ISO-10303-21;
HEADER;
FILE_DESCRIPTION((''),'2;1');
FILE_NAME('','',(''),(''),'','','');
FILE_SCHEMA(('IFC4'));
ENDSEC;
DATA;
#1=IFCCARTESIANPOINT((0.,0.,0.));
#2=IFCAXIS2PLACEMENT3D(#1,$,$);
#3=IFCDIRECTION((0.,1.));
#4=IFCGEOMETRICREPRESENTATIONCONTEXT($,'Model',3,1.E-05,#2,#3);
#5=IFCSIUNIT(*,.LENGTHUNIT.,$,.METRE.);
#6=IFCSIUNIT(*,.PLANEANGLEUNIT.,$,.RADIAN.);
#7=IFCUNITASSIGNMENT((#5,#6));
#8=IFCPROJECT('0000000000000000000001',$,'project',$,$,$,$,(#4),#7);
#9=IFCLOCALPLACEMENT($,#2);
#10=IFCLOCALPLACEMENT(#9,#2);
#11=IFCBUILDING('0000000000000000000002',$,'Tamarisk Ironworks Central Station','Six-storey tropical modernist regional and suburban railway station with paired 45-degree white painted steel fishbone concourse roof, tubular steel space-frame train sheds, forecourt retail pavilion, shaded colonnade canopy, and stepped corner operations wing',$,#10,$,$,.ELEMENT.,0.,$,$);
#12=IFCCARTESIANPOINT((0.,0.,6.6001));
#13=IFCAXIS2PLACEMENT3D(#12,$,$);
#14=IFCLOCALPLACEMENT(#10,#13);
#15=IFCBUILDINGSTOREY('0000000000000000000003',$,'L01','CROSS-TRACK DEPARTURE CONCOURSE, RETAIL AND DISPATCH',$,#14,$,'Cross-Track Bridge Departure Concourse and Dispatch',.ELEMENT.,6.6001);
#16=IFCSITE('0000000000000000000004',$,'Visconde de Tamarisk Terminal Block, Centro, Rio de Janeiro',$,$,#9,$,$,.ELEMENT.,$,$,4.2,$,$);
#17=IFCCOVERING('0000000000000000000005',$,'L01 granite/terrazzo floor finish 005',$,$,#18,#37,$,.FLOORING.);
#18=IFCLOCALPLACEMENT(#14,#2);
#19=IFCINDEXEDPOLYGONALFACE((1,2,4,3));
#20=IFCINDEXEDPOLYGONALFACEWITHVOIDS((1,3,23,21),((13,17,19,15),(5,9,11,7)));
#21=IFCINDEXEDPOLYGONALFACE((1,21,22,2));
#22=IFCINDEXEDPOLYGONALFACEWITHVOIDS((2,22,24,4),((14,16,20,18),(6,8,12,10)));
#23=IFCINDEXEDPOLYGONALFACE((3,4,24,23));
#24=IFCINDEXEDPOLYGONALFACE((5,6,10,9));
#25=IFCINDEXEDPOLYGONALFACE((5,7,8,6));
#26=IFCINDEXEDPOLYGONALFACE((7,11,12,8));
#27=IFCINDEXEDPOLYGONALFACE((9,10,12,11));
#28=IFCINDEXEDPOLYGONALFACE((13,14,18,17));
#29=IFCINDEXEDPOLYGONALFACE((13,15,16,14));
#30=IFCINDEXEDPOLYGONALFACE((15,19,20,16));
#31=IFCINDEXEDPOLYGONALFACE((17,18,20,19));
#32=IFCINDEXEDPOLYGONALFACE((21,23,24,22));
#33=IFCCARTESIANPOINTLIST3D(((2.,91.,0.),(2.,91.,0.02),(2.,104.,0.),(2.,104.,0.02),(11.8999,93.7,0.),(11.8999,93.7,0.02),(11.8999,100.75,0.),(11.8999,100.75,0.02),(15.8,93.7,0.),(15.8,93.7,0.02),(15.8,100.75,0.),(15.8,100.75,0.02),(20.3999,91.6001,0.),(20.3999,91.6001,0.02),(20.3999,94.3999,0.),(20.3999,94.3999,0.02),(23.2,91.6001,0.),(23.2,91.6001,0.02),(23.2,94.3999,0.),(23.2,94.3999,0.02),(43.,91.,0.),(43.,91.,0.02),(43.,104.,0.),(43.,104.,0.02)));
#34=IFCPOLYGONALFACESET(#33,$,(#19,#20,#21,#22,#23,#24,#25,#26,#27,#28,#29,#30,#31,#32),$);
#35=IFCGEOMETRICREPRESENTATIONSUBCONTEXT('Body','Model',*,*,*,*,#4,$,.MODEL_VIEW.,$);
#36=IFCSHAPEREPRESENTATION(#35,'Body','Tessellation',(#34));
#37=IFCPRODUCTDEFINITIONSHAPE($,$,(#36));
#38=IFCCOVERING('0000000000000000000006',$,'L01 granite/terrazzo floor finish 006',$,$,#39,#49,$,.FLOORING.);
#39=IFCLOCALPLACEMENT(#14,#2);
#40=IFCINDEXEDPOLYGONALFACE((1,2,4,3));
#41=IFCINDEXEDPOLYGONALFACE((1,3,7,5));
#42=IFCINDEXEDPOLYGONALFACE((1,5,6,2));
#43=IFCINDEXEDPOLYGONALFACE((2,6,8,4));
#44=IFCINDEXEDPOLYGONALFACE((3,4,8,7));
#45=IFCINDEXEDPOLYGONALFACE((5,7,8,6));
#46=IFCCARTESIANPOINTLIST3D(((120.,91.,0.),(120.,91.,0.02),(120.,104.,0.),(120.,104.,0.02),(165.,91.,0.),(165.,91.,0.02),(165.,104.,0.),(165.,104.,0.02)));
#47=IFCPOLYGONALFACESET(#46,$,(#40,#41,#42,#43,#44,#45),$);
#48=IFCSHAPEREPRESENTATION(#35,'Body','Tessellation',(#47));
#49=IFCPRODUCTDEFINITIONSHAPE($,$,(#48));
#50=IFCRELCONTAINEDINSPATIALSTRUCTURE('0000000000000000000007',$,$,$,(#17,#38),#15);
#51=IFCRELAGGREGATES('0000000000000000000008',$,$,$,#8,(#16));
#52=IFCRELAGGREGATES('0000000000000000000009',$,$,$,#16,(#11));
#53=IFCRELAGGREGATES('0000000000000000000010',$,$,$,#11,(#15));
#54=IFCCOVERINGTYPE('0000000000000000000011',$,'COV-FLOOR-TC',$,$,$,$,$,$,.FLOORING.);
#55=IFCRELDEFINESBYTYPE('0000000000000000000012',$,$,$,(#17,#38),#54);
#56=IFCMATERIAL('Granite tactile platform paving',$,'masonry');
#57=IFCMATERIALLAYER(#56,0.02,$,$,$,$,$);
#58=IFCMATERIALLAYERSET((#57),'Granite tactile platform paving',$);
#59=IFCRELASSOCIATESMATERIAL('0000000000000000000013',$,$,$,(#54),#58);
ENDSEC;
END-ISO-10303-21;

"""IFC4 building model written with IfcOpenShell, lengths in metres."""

from ifc_helpers import new_model, si_unit, direction, frame, origin, place, context, subcontext, project, spatial, polyline, outline, extrude, material, layer, layer_set, type_object, element, save


model = new_model("IFC4")

# Units and contexts
model_context = context("Model", 3, precision=1e-05, world=origin(), true_north=direction((0.0, 1.0)))
body_context = subcontext(model_context, "Body", "Model", "MODEL_VIEW")
ifc_project = project(units=[si_unit("LENGTHUNIT", "METRE"), si_unit("PLANEANGLEUNIT", "RADIAN")], contexts=[model_context])

# Site, building, storey
site_placement = place(None, origin())
site = spatial("IfcSite", under=ifc_project, at=site_placement, Name="Visconde de Tamarisk Terminal Block, Centro, Rio de Janeiro", CompositionType="ELEMENT", RefElevation=4.2)
building_placement = place(site_placement, origin())
building = spatial("IfcBuilding", under=site, at=building_placement, Name="Tamarisk Ironworks Central Station", Description="Six-storey tropical modernist regional and suburban railway station with paired 45-degree white painted steel fishbone concourse roof, tubular steel space-frame train sheds, forecourt retail pavilion, shaded colonnade canopy, and stepped corner operations wing", CompositionType="ELEMENT", ElevationOfRefHeight=0.0)
storey_placement = place(building_placement, frame((0.0, 0.0, 6.6001)))
storey = spatial("IfcBuildingStorey", under=building, at=storey_placement, Name="L01", Description="CROSS-TRACK DEPARTURE CONCOURSE, RETAIL AND DISPATCH", LongName="Cross-Track Bridge Departure Concourse and Dispatch", CompositionType="ELEMENT", Elevation=6.6001)

# Coverings
ifc_material_1 = material(Name="Granite tactile platform paving", Category="masonry")
ifc_layer_1 = layer(ifc_material_1, 0.02)
ifc_layer_set_1 = layer_set([ifc_layer_1], Name="Granite tactile platform paving")
covering_type_1 = type_object("IfcCoveringType", Name="COV-FLOOR-TC", PredefinedType="FLOORING", material=ifc_layer_set_1)
covering_1_placement = place(storey_placement, origin())
element("IfcCovering", 1, at=covering_1_placement, inside=storey, type_object=covering_type_1, Name="L01 granite/terrazzo floor finish 005", PredefinedType="FLOORING", context=body_context, shape_type="SweptSolid", body=[
    extrude(outline(polyline([(2.0, 91.0), (43.0, 91.0), (43.0, 104.0), (2.0, 104.0), (2.0, 91.0)]), holes=[polyline([(15.8, 93.7), (15.8, 100.75), (11.8999, 100.75), (11.8999, 93.7), (15.8, 93.7)]), polyline([(20.3999, 91.6001), (23.2, 91.6001), (23.2, 94.3999), (20.3999, 94.3999), (20.3999, 91.6001)])]), origin(), (0.0, 0.0, 1.0), 0.02),
])
covering_2_placement = place(storey_placement, origin())
element("IfcCovering", 2, at=covering_2_placement, inside=storey, type_object=covering_type_1, Name="L01 granite/terrazzo floor finish 006", PredefinedType="FLOORING", context=body_context, shape_type="SweptSolid", body=[
    extrude(outline(polyline([(120.0, 91.0), (165.0, 91.0), (165.0, 104.0), (120.0, 104.0), (120.0, 91.0)])), origin(), (0.0, 0.0, 1.0), 0.02),
])

save(model, "model.ifc")
